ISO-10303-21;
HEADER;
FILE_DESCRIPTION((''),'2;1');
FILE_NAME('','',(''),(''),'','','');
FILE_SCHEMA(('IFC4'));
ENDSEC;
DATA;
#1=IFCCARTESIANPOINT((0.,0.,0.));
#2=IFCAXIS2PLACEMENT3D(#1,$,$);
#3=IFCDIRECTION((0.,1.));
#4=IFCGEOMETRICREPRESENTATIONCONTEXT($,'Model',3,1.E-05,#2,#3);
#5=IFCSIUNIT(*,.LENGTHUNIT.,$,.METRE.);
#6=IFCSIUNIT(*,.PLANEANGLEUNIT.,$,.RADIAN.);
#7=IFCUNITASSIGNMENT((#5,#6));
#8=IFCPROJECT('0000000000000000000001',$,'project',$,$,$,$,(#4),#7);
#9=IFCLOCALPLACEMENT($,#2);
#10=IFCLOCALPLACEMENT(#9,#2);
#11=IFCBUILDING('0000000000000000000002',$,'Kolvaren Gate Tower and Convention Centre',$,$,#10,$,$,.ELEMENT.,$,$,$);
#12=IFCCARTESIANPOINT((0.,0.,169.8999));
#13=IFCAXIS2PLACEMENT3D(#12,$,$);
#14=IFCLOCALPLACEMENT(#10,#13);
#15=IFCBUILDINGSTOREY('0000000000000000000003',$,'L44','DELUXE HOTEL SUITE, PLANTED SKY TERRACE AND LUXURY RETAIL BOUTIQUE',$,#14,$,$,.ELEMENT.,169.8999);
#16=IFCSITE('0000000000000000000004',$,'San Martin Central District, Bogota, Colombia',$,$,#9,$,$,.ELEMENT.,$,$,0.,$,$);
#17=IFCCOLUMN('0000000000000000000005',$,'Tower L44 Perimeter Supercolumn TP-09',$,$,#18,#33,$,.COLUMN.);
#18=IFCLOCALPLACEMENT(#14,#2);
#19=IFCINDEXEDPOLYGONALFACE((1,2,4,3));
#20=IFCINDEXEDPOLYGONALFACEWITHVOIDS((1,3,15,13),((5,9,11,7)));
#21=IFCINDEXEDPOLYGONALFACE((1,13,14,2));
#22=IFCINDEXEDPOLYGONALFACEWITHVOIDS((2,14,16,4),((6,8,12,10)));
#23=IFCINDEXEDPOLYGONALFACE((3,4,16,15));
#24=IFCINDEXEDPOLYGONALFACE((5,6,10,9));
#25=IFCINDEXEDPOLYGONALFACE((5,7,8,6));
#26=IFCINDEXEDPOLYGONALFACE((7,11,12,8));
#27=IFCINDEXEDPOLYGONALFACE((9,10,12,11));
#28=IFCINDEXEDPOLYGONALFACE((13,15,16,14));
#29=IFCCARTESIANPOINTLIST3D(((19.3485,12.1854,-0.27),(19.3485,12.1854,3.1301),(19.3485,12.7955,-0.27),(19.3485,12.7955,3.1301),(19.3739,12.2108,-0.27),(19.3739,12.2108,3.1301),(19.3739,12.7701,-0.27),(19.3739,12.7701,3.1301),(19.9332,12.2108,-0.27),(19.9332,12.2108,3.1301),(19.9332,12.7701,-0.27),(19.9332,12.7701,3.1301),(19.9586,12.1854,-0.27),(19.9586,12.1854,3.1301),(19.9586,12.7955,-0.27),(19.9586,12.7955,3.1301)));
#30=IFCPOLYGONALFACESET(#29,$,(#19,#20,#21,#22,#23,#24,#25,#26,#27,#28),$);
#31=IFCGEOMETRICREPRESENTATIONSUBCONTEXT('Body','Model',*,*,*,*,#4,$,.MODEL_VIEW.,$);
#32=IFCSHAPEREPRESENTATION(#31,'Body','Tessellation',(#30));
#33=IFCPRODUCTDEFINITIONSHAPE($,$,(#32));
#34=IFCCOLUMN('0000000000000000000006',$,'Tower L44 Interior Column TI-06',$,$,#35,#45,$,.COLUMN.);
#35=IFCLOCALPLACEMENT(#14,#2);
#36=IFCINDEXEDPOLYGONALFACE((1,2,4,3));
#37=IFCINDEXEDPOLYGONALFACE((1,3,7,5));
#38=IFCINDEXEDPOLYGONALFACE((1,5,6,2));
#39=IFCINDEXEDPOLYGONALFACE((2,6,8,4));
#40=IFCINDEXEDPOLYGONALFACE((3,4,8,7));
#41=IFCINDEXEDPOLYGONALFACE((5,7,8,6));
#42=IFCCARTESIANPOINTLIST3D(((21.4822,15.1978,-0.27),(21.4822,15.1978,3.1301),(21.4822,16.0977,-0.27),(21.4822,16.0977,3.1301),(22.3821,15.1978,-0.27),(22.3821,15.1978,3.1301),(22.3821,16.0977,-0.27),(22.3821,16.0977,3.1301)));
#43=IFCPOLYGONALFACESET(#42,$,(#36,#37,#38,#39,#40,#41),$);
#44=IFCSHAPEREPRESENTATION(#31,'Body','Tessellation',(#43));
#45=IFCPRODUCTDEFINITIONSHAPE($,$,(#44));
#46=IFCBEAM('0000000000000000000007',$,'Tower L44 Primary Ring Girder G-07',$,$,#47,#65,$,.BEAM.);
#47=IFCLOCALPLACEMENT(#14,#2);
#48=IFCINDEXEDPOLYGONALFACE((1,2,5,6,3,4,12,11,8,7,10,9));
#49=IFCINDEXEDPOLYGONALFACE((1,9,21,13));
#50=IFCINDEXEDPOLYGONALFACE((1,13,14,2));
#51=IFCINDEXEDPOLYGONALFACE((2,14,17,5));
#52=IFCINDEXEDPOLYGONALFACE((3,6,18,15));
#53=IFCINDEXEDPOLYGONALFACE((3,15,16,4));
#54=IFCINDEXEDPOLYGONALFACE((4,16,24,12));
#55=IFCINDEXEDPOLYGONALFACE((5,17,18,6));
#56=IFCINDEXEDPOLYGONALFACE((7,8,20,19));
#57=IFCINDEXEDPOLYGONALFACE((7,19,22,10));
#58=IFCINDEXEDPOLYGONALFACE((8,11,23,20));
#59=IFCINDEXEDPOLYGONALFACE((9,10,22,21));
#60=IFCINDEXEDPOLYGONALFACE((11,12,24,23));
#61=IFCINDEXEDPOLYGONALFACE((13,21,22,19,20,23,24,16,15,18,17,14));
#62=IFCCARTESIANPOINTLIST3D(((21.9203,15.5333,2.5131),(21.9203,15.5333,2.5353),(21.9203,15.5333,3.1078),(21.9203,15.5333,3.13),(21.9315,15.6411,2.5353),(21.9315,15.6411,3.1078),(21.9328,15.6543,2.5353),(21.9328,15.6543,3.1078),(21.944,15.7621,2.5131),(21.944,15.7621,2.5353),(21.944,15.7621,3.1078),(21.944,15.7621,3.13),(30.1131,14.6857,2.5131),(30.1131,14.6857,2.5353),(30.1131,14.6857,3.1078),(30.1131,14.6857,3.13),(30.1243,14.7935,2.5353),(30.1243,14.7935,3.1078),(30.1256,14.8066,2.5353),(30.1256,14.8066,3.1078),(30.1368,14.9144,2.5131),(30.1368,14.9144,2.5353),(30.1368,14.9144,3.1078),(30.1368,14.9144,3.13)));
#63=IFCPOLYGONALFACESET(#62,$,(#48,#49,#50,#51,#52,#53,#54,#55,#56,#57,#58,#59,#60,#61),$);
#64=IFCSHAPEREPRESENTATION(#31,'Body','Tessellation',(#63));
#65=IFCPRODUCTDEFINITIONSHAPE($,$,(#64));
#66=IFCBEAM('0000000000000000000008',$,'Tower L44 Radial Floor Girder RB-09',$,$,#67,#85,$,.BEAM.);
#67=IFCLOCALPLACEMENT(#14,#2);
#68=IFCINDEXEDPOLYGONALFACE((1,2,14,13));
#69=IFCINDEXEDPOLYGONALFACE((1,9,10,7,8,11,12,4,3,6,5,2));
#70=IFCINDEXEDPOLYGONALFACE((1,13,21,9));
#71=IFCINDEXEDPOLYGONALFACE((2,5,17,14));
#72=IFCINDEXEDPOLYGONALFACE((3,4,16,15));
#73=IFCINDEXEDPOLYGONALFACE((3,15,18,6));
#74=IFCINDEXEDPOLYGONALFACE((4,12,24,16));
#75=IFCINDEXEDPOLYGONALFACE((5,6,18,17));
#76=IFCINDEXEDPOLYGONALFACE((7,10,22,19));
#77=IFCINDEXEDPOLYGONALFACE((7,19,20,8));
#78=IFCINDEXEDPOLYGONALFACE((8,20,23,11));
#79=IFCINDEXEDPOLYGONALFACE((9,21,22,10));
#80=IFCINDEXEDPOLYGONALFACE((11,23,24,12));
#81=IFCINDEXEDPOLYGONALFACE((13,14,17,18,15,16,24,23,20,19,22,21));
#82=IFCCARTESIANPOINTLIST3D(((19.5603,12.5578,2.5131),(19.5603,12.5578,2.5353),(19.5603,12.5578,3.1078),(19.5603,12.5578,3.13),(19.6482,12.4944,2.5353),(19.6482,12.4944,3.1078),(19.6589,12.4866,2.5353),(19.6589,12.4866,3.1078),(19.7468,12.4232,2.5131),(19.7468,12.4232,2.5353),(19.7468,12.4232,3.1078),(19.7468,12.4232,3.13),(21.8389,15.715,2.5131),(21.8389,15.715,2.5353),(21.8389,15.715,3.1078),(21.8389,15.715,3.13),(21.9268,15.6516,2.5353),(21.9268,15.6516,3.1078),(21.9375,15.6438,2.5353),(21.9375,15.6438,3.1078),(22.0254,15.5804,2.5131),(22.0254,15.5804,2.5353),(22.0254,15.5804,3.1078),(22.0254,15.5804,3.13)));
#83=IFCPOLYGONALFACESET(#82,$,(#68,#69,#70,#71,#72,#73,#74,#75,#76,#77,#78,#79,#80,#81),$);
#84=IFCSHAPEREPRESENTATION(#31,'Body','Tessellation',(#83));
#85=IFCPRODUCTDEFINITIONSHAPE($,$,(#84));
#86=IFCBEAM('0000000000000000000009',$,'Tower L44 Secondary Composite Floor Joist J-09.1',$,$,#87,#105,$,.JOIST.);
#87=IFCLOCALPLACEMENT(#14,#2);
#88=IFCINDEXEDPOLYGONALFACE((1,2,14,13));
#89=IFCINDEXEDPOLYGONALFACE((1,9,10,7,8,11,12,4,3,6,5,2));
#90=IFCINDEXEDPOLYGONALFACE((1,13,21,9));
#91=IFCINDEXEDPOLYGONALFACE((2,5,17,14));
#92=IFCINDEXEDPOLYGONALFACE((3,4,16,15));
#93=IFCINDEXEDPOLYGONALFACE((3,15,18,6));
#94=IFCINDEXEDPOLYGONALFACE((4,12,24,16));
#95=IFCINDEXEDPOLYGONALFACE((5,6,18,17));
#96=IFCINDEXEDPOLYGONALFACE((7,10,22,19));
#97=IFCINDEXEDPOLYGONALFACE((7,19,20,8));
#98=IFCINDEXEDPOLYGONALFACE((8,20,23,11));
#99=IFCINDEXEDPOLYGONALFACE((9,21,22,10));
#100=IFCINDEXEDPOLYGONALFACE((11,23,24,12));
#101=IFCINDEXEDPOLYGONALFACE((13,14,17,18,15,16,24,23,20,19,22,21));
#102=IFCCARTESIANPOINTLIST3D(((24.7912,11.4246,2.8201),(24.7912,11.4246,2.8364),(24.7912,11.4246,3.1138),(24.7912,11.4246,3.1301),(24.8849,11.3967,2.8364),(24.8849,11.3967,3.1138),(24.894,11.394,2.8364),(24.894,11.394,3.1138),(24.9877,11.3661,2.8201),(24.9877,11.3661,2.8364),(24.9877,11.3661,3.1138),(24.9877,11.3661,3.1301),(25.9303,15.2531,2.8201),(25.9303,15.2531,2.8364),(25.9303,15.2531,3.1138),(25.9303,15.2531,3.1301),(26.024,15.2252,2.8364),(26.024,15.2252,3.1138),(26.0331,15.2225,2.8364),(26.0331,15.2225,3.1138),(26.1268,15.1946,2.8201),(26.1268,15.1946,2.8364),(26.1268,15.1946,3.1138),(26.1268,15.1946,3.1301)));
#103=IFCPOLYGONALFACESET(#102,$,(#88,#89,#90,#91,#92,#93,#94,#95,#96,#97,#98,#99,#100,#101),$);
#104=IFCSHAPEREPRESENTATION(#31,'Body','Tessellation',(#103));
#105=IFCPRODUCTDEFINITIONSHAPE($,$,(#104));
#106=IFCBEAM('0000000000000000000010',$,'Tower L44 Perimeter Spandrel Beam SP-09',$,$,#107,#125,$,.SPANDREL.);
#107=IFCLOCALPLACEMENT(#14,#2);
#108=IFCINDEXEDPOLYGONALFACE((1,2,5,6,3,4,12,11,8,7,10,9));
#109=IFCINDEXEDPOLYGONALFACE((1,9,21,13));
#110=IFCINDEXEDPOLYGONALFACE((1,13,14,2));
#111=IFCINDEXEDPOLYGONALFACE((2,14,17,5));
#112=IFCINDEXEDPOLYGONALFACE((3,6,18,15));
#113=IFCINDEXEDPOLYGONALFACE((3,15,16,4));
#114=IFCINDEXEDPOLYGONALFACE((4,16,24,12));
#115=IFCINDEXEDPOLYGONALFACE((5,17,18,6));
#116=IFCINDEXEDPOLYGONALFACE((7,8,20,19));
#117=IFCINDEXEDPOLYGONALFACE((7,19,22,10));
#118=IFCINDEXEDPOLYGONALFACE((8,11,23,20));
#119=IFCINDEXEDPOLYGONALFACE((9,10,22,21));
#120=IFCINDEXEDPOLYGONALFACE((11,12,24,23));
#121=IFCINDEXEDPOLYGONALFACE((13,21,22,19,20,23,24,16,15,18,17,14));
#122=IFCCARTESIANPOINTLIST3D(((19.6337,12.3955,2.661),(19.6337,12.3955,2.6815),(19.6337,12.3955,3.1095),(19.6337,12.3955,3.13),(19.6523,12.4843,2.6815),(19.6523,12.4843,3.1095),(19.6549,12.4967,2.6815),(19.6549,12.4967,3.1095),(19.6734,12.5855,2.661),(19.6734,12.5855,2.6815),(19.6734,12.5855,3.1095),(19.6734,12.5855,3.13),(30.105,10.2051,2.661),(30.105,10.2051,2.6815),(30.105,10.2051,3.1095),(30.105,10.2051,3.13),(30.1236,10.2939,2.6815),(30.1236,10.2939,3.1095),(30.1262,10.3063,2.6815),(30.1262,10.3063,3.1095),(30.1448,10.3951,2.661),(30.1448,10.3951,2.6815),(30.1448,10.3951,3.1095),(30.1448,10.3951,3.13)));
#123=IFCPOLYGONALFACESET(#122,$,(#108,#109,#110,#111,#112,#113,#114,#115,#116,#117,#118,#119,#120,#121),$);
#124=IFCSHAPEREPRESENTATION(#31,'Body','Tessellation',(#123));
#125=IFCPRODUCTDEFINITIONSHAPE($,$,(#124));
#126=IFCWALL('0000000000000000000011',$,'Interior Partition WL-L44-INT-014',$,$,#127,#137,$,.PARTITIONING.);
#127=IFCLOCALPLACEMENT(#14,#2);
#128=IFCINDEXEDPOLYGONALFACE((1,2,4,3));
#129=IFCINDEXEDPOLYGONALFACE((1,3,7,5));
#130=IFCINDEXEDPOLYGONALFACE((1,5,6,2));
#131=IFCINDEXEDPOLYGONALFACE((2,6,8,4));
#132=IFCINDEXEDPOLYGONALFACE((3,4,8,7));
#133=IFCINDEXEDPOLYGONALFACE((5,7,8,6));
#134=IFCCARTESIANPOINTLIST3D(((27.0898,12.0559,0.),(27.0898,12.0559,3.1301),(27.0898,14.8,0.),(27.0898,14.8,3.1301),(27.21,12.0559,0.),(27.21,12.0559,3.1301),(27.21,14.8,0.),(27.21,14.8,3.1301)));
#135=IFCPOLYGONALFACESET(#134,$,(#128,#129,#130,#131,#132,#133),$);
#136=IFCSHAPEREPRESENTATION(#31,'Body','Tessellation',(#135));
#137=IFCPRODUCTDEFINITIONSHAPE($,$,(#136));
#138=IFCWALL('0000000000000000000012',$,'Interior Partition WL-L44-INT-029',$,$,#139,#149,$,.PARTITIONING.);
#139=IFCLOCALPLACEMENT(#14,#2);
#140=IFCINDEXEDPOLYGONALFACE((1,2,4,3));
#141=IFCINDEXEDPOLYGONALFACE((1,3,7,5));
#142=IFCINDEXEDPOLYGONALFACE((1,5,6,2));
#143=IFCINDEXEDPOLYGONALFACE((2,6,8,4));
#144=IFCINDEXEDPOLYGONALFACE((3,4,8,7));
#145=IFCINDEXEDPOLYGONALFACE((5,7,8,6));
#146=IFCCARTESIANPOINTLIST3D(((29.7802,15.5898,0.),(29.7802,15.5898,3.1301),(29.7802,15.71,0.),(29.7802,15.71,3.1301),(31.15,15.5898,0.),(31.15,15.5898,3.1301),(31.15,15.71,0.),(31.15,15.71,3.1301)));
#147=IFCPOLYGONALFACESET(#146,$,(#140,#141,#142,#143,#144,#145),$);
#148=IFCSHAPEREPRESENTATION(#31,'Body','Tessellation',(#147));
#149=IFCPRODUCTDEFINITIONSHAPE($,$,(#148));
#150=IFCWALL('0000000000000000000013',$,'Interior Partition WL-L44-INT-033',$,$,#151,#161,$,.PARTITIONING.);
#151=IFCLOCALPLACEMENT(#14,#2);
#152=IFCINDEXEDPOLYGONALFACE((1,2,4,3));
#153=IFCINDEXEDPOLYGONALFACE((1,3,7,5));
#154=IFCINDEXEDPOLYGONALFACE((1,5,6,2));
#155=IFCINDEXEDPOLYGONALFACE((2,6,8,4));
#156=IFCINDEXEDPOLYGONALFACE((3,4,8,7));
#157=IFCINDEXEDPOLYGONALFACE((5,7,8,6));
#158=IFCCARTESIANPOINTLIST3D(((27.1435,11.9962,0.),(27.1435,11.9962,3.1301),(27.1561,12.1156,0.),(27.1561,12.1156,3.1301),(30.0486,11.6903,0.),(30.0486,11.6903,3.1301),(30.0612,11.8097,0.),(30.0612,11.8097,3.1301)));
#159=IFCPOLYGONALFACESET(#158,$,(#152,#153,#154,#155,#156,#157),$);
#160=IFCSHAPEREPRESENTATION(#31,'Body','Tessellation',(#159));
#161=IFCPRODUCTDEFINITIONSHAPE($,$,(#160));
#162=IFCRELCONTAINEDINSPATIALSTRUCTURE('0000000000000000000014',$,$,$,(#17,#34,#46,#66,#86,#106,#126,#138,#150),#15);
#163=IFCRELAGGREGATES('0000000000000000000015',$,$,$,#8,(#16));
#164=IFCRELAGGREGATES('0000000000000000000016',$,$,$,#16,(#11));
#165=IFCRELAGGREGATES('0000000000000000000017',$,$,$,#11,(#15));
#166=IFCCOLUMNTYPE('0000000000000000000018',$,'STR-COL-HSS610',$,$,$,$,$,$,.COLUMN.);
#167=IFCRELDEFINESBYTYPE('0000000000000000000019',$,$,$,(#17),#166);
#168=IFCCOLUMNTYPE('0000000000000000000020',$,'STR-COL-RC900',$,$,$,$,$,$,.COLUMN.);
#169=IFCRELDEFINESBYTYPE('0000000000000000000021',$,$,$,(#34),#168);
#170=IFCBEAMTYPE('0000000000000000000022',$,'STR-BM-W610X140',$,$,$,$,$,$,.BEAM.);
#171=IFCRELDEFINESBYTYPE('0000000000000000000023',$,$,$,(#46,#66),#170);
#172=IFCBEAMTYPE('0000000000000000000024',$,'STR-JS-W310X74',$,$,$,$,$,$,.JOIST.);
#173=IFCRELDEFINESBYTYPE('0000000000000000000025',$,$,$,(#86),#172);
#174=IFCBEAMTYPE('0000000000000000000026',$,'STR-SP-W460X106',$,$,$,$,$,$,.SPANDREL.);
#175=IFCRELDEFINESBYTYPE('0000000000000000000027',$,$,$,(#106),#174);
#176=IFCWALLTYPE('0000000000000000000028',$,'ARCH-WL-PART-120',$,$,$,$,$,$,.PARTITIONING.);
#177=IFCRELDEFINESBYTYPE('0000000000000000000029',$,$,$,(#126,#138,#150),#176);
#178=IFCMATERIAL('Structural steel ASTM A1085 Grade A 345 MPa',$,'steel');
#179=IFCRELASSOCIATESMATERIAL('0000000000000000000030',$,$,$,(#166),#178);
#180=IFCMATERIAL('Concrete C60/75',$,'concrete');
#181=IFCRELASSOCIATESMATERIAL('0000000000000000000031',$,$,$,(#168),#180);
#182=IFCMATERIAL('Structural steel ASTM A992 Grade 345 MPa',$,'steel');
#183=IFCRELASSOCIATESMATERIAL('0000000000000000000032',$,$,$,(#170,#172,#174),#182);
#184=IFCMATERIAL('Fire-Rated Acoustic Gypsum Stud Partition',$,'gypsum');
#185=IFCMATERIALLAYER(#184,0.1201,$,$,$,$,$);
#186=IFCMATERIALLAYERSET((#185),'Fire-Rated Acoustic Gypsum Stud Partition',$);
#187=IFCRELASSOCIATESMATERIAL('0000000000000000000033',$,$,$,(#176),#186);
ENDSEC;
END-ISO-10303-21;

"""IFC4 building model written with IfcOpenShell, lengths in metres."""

from ifc_helpers import new_model, si_unit, direction, frame, frame_2d, origin, origin_2d, place, context, subcontext, project, spatial, rectangle, hollow_rectangle, i_section, extrude, material, layer, layer_set, material_profile, profile_set, type_object, element, save


model = new_model("IFC4")

# Units and contexts
model_context = context("Model", 3, precision=1e-05, world=origin(), true_north=direction((0.0, 1.0)))
body_context = subcontext(model_context, "Body", "Model", "MODEL_VIEW")
ifc_project = project(units=[si_unit("LENGTHUNIT", "METRE"), si_unit("PLANEANGLEUNIT", "RADIAN")], contexts=[model_context])

# Site, building, storey
site_placement = place(None, origin())
site = spatial("IfcSite", under=ifc_project, at=site_placement, Name="San Martin Central District, Bogota, Colombia", CompositionType="ELEMENT", RefElevation=0.0)
building_placement = place(site_placement, origin())
building = spatial("IfcBuilding", under=site, at=building_placement, Name="Kolvaren Gate Tower and Convention Centre", CompositionType="ELEMENT")
storey_placement = place(building_placement, frame((0.0, 0.0, 169.8999)))
storey = spatial("IfcBuildingStorey", under=building, at=storey_placement, Name="L44", Description="DELUXE HOTEL SUITE, PLANTED SKY TERRACE AND LUXURY RETAIL BOUTIQUE", CompositionType="ELEMENT", Elevation=169.8999)

# Columns
ifc_material_1 = material(Name="Structural steel ASTM A1085 Grade A 345 MPa", Category="steel")
ifc_material_profile_1 = material_profile(ifc_material_1, hollow_rectangle(XDim=0.6101, YDim=0.6101, WallThickness=0.0254, at=origin_2d()), Name="HSS610X610X25.4")
ifc_profile_set_1 = profile_set([ifc_material_profile_1], Name="Structural steel ASTM A1085 Grade A 345 MPa")
column_type_1 = type_object("IfcColumnType", Name="STR-COL-HSS610", PredefinedType="COLUMN", material=ifc_profile_set_1)
column_1_placement = place(storey_placement, frame((19.6536, 12.4905, -0.27), z_axis=(0.0, 0.0, 1.0), x_axis=(1.0, 0.0, 0.0)))
element("IfcColumn", 1, at=column_1_placement, inside=storey, type_object=column_type_1, Name="Tower L44 Perimeter Supercolumn TP-09", PredefinedType="COLUMN", context=body_context, shape_type="SweptSolid", body=[
    extrude(hollow_rectangle(XDim=0.6101, YDim=0.6101, WallThickness=0.0254, at=origin_2d()), origin(), (0.0, 0.0, 1.0), 3.4001),
])
ifc_material_2 = material(Name="Concrete C60/75", Category="concrete")
ifc_material_profile_2 = material_profile(ifc_material_2, rectangle(XDim=0.8999, YDim=0.8999, at=origin_2d()), Name="RC-COL-900X900")
ifc_profile_set_2 = profile_set([ifc_material_profile_2], Name="Concrete C60/75")
column_type_2 = type_object("IfcColumnType", Name="STR-COL-RC900", PredefinedType="COLUMN", material=ifc_profile_set_2)
column_2_placement = place(storey_placement, frame((21.9321, 15.6477, -0.27), z_axis=(0.0, 0.0, 1.0), x_axis=(1.0, 0.0, 0.0)))
element("IfcColumn", 2, at=column_2_placement, inside=storey, type_object=column_type_2, Name="Tower L44 Interior Column TI-06", PredefinedType="COLUMN", context=body_context, shape_type="SweptSolid", body=[
    extrude(rectangle(XDim=0.8999, YDim=0.8999, at=origin_2d()), origin(), (0.0, 0.0, 1.0), 3.4001),
])

# Beams
ifc_material_3 = material(Name="Structural steel ASTM A992 Grade 345 MPa", Category="steel")
ifc_material_profile_3 = material_profile(ifc_material_3, i_section(OverallWidth=0.23, OverallDepth=0.6169, WebThickness=0.0132, FlangeThickness=0.0222, at=origin_2d()), Name="W610X140")
ifc_profile_set_3 = profile_set([ifc_material_profile_3], Name="Structural steel ASTM A992 Grade 345 MPa")
beam_type_1 = type_object("IfcBeamType", Name="STR-BM-W610X140", PredefinedType="BEAM", material=ifc_profile_set_3)
beam_1_placement = place(storey_placement, frame((21.9321, 15.6477, 2.8215), z_axis=(0.99469, -0.102913, 0.0), x_axis=(0.102913, 0.99469, 0.0)))
element("IfcBeam", 3, at=beam_1_placement, inside=storey, type_object=beam_type_1, Name="Tower L44 Primary Ring Girder G-07", PredefinedType="BEAM", context=body_context, shape_type="SweptSolid", body=[
    extrude(i_section(OverallWidth=0.23, OverallDepth=0.6169, WebThickness=0.0132, FlangeThickness=0.0222, at=origin_2d()), origin(), (0.0, 0.0, 1.0), 8.2366),
])
beam_2_placement = place(storey_placement, frame((21.9321, 15.6477, 2.8215), z_axis=(-0.585211, -0.810881, 0.0), x_axis=(0.810881, -0.585211, 0.0)))
element("IfcBeam", 4, at=beam_2_placement, inside=storey, type_object=beam_type_1, Name="Tower L44 Radial Floor Girder RB-09", PredefinedType="BEAM", context=body_context, shape_type="SweptSolid", body=[
    extrude(i_section(OverallWidth=0.23, OverallDepth=0.6169, WebThickness=0.0132, FlangeThickness=0.0222, at=origin_2d()), origin(), (0.0, 0.0, 1.0), 3.8936),
])
ifc_material_profile_4 = material_profile(ifc_material_3, i_section(OverallWidth=0.2051, OverallDepth=0.3101, WebThickness=0.0095, FlangeThickness=0.0164, at=origin_2d()), Name="W310X74")
ifc_profile_set_4 = profile_set([ifc_material_profile_4], Name="Structural steel ASTM A992 Grade 345 MPa")
beam_type_2 = type_object("IfcBeamType", Name="STR-JS-W310X74", PredefinedType="JOIST", material=ifc_profile_set_4)
beam_3_placement = place(storey_placement, frame((26.0286, 15.2239, 2.9751), z_axis=(-0.285183, -0.958473, 0.0), x_axis=(0.958473, -0.285183, 0.0)))
element("IfcBeam", 5, at=beam_3_placement, inside=storey, type_object=beam_type_2, Name="Tower L44 Secondary Composite Floor Joist J-09.1", PredefinedType="JOIST", context=body_context, shape_type="SweptSolid", body=[
    extrude(i_section(OverallWidth=0.2051, OverallDepth=0.3101, WebThickness=0.0095, FlangeThickness=0.0164, at=origin_2d()), origin(), (0.0, 0.0, 1.0), 3.9944),
])
ifc_material_profile_5 = material_profile(ifc_material_3, i_section(OverallWidth=0.1941, OverallDepth=0.469, WebThickness=0.0127, FlangeThickness=0.0205, at=origin_2d()), Name="W460X106")
ifc_profile_set_5 = profile_set([ifc_material_profile_5], Name="Structural steel ASTM A992 Grade 345 MPa")
beam_type_3 = type_object("IfcBeamType", Name="STR-SP-W460X106", PredefinedType="SPANDREL", material=ifc_profile_set_5)
beam_4_placement = place(storey_placement, frame((19.6536, 12.4905, 2.8955), z_axis=(0.978814, -0.20475, 0.0), x_axis=(0.20475, 0.978814, 0.0)))
element("IfcBeam", 6, at=beam_4_placement, inside=storey, type_object=beam_type_3, Name="Tower L44 Perimeter Spandrel Beam SP-09", PredefinedType="SPANDREL", context=body_context, shape_type="SweptSolid", body=[
    extrude(i_section(OverallWidth=0.1941, OverallDepth=0.469, WebThickness=0.0127, FlangeThickness=0.0205, at=origin_2d()), origin(), (0.0, 0.0, 1.0), 10.698),
])

# Walls
ifc_material_4 = material(Name="Fire-Rated Acoustic Gypsum Stud Partition", Category="gypsum")
ifc_layer_1 = layer(ifc_material_4, 0.1201)
ifc_layer_set_1 = layer_set([ifc_layer_1], Name="Fire-Rated Acoustic Gypsum Stud Partition")
wall_type_1 = type_object("IfcWallType", Name="ARCH-WL-PART-120", PredefinedType="PARTITIONING", material=ifc_layer_set_1)
wall_1_placement = place(storey_placement, frame((27.1499, 12.0559, 0.0), z_axis=(0.0, 0.0, 1.0), x_axis=(0.0, 1.0, 0.0)))
element("IfcWall", 7, at=wall_1_placement, inside=storey, type_object=wall_type_1, Name="Interior Partition WL-L44-INT-014", PredefinedType="PARTITIONING", context=body_context, shape_type="SweptSolid", body=[
    extrude(rectangle(XDim=2.7441, YDim=0.1201, at=frame_2d((1.3721, 0.0))), origin(), (0.0, 0.0, 1.0), 3.1301),
])
wall_2_placement = place(storey_placement, frame((29.78, 15.6499, 0.0), z_axis=(0.0, 0.0, 1.0), x_axis=(1.0, 0.0, 0.0)))
element("IfcWall", 8, at=wall_2_placement, inside=storey, type_object=wall_type_1, Name="Interior Partition WL-L44-INT-029", PredefinedType="PARTITIONING", context=body_context, shape_type="SweptSolid", body=[
    extrude(rectangle(XDim=1.3699, YDim=0.1201, at=frame_2d((0.6851, 0.0))), origin(), (0.0, 0.0, 1.0), 3.1301),
])
wall_3_placement = place(storey_placement, frame((27.1499, 12.0559, 0.0), z_axis=(0.0, 0.0, 1.0), x_axis=(0.994501, -0.104724, 0.0)))
element("IfcWall", 9, at=wall_3_placement, inside=storey, type_object=wall_type_1, Name="Interior Partition WL-L44-INT-033", PredefinedType="PARTITIONING", context=body_context, shape_type="SweptSolid", body=[
    extrude(rectangle(XDim=2.9211, YDim=0.1201, at=frame_2d((1.4604, 0.0))), origin(), (0.0, 0.0, 1.0), 3.1301),
])

save(model, "model.ifc")
